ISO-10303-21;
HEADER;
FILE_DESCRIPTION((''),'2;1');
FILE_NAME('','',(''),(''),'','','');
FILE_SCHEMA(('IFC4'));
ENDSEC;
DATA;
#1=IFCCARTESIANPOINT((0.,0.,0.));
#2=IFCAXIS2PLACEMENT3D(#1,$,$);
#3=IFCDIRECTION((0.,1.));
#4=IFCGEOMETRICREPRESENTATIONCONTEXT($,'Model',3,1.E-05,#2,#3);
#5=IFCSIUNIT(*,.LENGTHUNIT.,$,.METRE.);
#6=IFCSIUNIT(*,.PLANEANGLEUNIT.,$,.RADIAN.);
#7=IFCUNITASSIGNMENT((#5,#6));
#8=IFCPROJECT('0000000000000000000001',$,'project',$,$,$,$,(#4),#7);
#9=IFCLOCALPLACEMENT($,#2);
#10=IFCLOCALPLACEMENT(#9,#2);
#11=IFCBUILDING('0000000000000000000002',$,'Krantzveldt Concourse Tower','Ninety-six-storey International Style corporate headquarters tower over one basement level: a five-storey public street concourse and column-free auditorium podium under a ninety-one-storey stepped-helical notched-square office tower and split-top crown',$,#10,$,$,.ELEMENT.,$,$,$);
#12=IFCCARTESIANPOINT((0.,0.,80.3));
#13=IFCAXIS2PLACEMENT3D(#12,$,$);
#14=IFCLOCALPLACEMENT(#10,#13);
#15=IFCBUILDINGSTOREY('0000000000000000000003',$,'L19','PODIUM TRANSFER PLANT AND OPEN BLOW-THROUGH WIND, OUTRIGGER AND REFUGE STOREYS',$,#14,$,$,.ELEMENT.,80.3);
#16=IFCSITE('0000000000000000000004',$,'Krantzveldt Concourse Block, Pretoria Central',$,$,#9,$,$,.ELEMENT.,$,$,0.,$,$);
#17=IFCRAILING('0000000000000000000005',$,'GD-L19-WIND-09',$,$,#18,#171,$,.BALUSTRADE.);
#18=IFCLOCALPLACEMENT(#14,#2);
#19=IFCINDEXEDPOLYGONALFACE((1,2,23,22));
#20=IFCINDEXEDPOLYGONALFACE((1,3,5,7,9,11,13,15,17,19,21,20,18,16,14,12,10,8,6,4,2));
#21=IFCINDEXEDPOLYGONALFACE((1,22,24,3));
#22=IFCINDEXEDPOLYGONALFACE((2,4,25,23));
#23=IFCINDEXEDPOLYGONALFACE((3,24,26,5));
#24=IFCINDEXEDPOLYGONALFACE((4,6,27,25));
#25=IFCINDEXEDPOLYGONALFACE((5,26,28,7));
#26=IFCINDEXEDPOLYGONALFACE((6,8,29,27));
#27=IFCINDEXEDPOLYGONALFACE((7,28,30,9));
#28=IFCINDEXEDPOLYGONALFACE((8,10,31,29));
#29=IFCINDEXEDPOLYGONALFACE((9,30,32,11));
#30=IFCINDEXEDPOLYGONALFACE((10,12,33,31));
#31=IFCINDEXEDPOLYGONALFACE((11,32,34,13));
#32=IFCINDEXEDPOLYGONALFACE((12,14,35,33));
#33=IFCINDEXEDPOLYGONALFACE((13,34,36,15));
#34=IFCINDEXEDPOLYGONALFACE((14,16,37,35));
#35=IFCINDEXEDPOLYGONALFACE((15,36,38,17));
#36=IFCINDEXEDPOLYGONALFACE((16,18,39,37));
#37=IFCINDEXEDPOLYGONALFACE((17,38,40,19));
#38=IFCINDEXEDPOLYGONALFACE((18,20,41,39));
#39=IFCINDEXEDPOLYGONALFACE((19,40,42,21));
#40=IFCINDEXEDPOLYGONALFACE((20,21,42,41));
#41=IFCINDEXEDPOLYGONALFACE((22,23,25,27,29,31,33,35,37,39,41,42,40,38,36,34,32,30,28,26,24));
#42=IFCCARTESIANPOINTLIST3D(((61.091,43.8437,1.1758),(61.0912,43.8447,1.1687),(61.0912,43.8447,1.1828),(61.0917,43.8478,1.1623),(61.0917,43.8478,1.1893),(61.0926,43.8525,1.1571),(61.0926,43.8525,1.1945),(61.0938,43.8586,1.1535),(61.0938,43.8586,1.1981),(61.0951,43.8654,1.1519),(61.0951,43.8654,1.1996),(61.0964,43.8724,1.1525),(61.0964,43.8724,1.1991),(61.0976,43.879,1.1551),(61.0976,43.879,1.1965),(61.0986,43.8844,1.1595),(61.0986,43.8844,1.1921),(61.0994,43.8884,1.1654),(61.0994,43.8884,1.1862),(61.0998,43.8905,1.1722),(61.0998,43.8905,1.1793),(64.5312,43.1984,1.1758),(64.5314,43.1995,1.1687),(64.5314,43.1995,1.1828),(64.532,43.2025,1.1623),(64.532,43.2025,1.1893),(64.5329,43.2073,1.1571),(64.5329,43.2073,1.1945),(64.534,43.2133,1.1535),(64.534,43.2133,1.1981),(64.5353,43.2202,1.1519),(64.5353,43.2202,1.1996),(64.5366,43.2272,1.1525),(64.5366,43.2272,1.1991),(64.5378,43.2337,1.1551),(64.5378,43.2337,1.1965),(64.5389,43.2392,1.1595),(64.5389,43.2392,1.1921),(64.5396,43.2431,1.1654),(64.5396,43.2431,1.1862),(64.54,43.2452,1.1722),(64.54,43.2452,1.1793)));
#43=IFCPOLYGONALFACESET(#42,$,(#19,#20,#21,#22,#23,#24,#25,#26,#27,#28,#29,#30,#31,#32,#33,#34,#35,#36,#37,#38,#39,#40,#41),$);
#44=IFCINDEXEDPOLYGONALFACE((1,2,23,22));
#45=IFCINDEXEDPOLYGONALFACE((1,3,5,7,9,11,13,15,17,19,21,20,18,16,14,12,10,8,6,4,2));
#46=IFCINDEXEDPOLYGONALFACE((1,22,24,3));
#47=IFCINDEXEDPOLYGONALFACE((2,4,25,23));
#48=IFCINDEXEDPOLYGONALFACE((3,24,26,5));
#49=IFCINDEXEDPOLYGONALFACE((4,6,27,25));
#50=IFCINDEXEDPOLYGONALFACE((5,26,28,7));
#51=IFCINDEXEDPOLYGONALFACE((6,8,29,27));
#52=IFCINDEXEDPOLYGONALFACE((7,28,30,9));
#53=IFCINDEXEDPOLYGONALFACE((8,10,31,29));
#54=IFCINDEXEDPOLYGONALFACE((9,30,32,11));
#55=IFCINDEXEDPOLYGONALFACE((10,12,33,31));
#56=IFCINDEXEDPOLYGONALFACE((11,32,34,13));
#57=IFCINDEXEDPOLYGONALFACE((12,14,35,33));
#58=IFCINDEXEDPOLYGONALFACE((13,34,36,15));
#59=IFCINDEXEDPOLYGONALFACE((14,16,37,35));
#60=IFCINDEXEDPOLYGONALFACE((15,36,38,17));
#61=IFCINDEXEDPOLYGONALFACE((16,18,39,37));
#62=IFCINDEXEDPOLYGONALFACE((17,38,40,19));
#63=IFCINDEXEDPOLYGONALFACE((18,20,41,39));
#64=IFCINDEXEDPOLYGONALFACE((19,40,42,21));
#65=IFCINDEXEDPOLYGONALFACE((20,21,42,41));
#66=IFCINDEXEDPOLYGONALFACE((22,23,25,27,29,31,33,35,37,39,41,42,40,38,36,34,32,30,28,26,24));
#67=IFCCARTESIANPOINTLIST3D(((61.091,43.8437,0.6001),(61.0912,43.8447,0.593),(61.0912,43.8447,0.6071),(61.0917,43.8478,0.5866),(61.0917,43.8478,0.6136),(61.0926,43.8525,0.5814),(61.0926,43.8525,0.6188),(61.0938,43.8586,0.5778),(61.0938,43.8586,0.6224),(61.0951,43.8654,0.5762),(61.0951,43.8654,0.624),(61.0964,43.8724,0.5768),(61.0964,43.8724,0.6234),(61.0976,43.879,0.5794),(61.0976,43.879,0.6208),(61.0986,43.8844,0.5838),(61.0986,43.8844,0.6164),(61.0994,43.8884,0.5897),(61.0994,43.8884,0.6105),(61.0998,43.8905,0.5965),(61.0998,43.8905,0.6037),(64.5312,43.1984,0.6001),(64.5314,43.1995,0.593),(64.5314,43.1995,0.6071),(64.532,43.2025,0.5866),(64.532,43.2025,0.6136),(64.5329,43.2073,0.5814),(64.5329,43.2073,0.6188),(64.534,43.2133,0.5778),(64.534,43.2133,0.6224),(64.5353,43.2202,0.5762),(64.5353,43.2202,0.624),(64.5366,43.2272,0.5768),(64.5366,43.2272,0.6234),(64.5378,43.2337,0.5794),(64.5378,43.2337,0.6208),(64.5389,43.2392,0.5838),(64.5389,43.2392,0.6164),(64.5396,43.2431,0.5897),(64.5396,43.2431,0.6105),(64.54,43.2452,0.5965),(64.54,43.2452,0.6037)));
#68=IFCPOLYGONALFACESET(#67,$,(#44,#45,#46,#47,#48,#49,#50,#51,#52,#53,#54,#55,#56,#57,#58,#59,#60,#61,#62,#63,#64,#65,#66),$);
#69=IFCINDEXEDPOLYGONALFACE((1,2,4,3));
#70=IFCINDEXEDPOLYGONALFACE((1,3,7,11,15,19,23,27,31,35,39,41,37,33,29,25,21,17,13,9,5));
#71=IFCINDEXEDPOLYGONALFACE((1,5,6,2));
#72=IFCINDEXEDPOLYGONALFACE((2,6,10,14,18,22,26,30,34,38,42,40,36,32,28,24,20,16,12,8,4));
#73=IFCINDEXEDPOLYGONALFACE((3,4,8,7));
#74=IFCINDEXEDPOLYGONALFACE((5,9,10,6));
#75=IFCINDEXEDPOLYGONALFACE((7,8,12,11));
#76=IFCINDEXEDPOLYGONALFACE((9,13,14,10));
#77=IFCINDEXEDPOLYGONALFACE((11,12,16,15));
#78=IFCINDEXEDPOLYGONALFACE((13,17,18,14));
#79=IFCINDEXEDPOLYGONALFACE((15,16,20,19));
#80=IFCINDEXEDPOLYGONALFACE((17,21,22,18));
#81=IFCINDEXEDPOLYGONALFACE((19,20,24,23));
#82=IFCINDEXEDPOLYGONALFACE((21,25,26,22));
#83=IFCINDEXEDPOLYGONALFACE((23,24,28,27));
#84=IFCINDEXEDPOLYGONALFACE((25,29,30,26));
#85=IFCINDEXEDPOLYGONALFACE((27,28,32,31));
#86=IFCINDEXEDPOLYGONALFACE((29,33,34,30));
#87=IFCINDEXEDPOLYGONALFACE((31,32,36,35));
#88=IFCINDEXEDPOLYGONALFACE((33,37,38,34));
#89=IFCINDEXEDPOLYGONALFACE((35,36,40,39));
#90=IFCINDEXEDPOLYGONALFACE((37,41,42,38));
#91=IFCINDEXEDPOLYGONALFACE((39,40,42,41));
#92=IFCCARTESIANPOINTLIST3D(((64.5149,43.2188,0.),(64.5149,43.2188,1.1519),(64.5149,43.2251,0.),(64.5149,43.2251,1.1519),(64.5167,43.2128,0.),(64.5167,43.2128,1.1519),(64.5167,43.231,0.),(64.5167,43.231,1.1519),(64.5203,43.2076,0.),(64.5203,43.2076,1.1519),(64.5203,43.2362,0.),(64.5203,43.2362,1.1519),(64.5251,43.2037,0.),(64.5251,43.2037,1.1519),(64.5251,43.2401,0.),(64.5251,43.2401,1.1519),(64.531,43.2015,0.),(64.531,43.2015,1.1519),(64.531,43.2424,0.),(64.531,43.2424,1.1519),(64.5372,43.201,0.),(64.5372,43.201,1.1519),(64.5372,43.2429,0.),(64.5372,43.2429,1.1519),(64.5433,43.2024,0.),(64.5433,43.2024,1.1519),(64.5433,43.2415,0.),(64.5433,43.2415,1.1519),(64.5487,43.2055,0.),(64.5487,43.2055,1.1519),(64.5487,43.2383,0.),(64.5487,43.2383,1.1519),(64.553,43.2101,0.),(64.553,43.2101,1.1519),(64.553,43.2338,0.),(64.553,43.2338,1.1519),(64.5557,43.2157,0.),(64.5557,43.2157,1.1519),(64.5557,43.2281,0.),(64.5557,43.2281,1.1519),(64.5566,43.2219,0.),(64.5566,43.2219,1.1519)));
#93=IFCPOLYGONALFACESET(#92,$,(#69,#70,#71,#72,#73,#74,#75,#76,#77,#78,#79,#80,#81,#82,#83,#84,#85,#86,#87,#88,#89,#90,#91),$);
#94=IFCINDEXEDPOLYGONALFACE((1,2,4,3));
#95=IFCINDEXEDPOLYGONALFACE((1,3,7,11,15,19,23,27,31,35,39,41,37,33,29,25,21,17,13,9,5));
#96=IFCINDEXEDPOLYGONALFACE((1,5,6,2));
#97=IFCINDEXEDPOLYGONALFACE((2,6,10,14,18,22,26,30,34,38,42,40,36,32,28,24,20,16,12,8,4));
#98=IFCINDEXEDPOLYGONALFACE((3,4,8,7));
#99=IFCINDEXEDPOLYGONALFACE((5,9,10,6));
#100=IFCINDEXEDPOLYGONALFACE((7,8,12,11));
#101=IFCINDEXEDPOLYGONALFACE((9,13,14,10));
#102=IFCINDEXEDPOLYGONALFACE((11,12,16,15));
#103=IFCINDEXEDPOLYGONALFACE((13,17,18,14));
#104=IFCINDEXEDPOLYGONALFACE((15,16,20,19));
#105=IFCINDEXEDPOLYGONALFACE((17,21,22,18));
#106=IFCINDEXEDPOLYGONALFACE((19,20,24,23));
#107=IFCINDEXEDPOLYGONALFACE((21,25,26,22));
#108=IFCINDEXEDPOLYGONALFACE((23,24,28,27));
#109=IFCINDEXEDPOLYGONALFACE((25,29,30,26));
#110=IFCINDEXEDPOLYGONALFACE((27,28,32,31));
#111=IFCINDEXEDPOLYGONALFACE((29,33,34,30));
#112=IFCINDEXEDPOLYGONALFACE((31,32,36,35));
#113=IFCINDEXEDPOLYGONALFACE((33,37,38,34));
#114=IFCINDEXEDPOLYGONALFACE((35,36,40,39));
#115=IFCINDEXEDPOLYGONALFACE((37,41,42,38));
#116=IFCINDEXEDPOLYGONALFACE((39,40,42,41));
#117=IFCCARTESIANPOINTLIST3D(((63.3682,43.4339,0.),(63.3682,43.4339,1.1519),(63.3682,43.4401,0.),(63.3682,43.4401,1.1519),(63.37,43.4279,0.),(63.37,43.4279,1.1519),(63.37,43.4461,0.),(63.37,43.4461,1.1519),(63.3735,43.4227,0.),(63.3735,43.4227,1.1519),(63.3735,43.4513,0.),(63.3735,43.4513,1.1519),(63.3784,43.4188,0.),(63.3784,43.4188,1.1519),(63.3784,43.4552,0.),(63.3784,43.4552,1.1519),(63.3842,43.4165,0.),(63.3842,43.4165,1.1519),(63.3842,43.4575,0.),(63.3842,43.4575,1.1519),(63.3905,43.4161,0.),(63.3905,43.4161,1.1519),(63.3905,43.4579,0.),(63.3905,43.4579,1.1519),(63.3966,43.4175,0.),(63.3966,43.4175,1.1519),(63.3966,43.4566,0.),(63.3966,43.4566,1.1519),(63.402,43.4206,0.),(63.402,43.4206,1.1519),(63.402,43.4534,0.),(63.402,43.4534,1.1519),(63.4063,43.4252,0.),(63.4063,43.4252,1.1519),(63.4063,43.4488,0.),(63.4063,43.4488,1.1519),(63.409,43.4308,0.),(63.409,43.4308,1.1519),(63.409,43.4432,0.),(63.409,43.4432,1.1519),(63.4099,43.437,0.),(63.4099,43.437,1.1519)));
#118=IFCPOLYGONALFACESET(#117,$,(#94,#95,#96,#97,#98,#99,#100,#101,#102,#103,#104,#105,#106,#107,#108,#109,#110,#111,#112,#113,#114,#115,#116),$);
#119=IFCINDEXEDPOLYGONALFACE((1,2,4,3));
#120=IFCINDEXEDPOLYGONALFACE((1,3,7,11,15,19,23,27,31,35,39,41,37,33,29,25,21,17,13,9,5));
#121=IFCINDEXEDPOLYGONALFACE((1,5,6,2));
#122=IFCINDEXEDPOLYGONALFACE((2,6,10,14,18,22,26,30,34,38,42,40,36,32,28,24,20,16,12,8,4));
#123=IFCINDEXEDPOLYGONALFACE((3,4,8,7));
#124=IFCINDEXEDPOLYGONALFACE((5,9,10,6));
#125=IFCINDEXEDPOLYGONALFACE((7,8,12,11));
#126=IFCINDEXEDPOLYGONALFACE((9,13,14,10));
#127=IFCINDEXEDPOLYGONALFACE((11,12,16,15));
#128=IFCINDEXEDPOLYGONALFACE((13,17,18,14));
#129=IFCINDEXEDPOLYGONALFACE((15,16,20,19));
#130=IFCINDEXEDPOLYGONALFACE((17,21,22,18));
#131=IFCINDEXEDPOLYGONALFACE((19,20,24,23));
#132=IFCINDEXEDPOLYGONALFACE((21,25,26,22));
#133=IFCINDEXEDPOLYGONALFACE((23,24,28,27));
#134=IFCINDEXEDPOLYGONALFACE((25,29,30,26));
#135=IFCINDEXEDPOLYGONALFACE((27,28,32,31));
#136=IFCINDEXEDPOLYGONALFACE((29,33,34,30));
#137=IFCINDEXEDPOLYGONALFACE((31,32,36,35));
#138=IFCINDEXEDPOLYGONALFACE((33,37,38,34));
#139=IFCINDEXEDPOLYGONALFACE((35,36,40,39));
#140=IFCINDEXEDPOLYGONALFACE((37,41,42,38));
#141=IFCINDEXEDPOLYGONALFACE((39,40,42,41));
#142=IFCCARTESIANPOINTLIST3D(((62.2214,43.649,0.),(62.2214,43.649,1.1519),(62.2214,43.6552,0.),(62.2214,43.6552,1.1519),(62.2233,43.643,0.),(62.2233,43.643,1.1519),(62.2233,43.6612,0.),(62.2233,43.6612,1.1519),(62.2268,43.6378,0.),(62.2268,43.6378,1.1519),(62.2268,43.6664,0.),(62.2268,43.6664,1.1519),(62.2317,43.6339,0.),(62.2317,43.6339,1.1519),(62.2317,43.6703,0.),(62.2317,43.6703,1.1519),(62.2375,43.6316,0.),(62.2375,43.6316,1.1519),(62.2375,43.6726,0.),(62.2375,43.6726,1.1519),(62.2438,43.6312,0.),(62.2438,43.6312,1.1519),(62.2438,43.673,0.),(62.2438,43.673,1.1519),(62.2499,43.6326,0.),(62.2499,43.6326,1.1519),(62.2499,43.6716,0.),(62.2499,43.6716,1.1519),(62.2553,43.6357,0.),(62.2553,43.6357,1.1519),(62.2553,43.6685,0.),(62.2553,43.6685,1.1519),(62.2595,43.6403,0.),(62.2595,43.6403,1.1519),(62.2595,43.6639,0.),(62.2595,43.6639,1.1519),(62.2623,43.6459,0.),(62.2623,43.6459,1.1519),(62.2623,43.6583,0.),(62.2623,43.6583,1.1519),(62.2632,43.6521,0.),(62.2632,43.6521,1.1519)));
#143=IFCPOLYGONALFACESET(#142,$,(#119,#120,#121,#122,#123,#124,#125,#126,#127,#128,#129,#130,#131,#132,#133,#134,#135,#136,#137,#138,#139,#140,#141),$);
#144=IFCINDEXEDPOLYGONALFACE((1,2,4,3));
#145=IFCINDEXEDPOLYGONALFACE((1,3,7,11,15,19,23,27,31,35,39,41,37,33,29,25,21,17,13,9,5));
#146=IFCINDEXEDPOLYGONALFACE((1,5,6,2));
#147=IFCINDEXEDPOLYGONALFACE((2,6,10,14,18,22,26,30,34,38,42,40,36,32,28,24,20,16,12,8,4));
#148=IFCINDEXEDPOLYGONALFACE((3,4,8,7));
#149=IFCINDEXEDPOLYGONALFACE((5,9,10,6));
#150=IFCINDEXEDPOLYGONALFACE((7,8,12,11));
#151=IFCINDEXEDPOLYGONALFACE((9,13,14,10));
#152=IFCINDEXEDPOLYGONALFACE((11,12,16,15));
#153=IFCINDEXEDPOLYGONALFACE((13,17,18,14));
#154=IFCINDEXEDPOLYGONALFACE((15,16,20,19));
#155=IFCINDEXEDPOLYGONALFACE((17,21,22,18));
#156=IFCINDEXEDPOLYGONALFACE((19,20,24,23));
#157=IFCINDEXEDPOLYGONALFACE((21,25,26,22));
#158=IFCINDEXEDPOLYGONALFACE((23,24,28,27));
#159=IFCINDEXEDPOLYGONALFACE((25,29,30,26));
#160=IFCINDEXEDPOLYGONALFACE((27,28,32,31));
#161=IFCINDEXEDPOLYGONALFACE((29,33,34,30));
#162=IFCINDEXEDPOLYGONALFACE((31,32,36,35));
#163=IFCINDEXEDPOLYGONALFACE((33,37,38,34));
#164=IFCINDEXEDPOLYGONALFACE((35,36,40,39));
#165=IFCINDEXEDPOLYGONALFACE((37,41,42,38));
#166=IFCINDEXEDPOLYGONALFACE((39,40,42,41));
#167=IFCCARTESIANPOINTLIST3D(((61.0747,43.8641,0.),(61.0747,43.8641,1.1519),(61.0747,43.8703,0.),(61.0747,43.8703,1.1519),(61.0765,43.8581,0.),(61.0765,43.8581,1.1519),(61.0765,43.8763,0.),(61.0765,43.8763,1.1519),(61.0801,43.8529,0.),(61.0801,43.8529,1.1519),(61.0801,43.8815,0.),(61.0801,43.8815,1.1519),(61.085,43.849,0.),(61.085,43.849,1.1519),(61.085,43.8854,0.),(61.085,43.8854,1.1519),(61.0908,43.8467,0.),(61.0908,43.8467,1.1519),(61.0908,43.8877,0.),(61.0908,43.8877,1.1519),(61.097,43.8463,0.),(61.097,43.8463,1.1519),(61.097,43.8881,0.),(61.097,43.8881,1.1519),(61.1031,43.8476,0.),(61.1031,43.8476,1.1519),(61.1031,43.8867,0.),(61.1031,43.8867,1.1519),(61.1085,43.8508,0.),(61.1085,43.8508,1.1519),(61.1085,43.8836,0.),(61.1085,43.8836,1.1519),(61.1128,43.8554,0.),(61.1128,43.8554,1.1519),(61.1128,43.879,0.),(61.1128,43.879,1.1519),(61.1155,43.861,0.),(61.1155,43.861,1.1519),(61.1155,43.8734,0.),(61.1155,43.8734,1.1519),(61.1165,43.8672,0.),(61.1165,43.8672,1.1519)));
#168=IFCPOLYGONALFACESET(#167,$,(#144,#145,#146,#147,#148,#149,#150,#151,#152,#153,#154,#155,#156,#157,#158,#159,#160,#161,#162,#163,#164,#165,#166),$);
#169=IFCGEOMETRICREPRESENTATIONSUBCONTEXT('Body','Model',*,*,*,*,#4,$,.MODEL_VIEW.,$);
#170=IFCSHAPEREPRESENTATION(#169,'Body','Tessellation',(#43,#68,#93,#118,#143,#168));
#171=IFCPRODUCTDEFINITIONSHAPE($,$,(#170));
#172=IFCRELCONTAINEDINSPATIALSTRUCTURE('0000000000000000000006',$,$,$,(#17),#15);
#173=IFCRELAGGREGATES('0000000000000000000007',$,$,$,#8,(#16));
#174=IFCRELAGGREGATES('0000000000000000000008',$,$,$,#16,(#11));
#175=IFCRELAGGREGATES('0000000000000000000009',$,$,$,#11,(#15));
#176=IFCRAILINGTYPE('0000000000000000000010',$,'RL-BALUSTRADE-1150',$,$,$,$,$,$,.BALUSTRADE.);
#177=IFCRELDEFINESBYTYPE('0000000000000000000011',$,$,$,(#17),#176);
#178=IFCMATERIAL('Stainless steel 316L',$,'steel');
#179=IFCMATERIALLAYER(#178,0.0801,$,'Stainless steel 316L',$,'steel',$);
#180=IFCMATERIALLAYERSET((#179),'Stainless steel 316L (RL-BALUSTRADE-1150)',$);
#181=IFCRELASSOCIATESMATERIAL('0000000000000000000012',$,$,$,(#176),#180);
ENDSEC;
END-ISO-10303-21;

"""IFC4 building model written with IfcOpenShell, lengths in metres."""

from ifc_helpers import new_model, si_unit, direction, frame, origin, origin_2d, place, context, subcontext, project, spatial, circle, extrude, material, layer, layer_set, type_object, element, save


model = new_model("IFC4")

# Units and contexts
model_context = context("Model", 3, precision=1e-05, world=origin(), true_north=direction((0.0, 1.0)))
body_context = subcontext(model_context, "Body", "Model", "MODEL_VIEW")
ifc_project = project(units=[si_unit("LENGTHUNIT", "METRE"), si_unit("PLANEANGLEUNIT", "RADIAN")], contexts=[model_context])

# Site, building, storey
site_placement = place(None, origin())
site = spatial("IfcSite", under=ifc_project, at=site_placement, Name="Krantzveldt Concourse Block, Pretoria Central", CompositionType="ELEMENT", RefElevation=0.0)
building_placement = place(site_placement, origin())
building = spatial("IfcBuilding", under=site, at=building_placement, Name="Krantzveldt Concourse Tower", Description="Ninety-six-storey International Style corporate headquarters tower over one basement level: a five-storey public street concourse and column-free auditorium podium under a ninety-one-storey stepped-helical notched-square office tower and split-top crown", CompositionType="ELEMENT")
storey_placement = place(building_placement, frame((0.0, 0.0, 80.3)))
storey = spatial("IfcBuildingStorey", under=building, at=storey_placement, Name="L19", Description="PODIUM TRANSFER PLANT AND OPEN BLOW-THROUGH WIND, OUTRIGGER AND REFUGE STOREYS", CompositionType="ELEMENT", Elevation=80.3)

# Railing
ifc_material_1 = material(Name="Stainless steel 316L", Category="steel")
ifc_layer_1 = layer(ifc_material_1, 0.0801, Name="Stainless steel 316L", Category="steel")
ifc_layer_set_1 = layer_set([ifc_layer_1], Name="Stainless steel 316L (RL-BALUSTRADE-1150)")
railing_type = type_object("IfcRailingType", Name="RL-BALUSTRADE-1150", PredefinedType="BALUSTRADE", material=ifc_layer_set_1)
railing_1_placement = place(storey_placement, frame((64.5356, 43.2219, 0.0)))
element("IfcRailing", 1, at=railing_1_placement, inside=storey, type_object=railing_type, Name="GD-L19-WIND-09", PredefinedType="BALUSTRADE", context=body_context, shape_type="SweptSolid", body=[
    extrude(circle(Radius=0.0239, at=origin_2d()), frame((0.0, 0.0, 1.1758), z_axis=(-0.98286, 0.184352, 0.0), x_axis=(-0.184352, -0.98286, 0.0)), (0.0, 0.0, 1.0), 3.5002),
    extrude(circle(Radius=0.0239, at=origin_2d()), frame((0.0, 0.0, 0.6001), z_axis=(-0.98286, 0.184352, 0.0), x_axis=(-0.184352, -0.98286, 0.0)), (0.0, 0.0, 1.0), 3.5002),
    extrude(circle(Radius=0.021, at=origin_2d()), origin(), (0.0, 0.0, 1.0), 1.1519),
    extrude(circle(Radius=0.021, at=origin_2d()), frame((-1.1467, 0.2151, 0.0)), (0.0, 0.0, 1.0), 1.1519),
    extrude(circle(Radius=0.021, at=origin_2d()), frame((-2.2935, 0.4302, 0.0)), (0.0, 0.0, 1.0), 1.1519),
    extrude(circle(Radius=0.021, at=origin_2d()), frame((-3.4402, 0.6453, 0.0)), (0.0, 0.0, 1.0), 1.1519),
])

save(model, "model.ifc")
